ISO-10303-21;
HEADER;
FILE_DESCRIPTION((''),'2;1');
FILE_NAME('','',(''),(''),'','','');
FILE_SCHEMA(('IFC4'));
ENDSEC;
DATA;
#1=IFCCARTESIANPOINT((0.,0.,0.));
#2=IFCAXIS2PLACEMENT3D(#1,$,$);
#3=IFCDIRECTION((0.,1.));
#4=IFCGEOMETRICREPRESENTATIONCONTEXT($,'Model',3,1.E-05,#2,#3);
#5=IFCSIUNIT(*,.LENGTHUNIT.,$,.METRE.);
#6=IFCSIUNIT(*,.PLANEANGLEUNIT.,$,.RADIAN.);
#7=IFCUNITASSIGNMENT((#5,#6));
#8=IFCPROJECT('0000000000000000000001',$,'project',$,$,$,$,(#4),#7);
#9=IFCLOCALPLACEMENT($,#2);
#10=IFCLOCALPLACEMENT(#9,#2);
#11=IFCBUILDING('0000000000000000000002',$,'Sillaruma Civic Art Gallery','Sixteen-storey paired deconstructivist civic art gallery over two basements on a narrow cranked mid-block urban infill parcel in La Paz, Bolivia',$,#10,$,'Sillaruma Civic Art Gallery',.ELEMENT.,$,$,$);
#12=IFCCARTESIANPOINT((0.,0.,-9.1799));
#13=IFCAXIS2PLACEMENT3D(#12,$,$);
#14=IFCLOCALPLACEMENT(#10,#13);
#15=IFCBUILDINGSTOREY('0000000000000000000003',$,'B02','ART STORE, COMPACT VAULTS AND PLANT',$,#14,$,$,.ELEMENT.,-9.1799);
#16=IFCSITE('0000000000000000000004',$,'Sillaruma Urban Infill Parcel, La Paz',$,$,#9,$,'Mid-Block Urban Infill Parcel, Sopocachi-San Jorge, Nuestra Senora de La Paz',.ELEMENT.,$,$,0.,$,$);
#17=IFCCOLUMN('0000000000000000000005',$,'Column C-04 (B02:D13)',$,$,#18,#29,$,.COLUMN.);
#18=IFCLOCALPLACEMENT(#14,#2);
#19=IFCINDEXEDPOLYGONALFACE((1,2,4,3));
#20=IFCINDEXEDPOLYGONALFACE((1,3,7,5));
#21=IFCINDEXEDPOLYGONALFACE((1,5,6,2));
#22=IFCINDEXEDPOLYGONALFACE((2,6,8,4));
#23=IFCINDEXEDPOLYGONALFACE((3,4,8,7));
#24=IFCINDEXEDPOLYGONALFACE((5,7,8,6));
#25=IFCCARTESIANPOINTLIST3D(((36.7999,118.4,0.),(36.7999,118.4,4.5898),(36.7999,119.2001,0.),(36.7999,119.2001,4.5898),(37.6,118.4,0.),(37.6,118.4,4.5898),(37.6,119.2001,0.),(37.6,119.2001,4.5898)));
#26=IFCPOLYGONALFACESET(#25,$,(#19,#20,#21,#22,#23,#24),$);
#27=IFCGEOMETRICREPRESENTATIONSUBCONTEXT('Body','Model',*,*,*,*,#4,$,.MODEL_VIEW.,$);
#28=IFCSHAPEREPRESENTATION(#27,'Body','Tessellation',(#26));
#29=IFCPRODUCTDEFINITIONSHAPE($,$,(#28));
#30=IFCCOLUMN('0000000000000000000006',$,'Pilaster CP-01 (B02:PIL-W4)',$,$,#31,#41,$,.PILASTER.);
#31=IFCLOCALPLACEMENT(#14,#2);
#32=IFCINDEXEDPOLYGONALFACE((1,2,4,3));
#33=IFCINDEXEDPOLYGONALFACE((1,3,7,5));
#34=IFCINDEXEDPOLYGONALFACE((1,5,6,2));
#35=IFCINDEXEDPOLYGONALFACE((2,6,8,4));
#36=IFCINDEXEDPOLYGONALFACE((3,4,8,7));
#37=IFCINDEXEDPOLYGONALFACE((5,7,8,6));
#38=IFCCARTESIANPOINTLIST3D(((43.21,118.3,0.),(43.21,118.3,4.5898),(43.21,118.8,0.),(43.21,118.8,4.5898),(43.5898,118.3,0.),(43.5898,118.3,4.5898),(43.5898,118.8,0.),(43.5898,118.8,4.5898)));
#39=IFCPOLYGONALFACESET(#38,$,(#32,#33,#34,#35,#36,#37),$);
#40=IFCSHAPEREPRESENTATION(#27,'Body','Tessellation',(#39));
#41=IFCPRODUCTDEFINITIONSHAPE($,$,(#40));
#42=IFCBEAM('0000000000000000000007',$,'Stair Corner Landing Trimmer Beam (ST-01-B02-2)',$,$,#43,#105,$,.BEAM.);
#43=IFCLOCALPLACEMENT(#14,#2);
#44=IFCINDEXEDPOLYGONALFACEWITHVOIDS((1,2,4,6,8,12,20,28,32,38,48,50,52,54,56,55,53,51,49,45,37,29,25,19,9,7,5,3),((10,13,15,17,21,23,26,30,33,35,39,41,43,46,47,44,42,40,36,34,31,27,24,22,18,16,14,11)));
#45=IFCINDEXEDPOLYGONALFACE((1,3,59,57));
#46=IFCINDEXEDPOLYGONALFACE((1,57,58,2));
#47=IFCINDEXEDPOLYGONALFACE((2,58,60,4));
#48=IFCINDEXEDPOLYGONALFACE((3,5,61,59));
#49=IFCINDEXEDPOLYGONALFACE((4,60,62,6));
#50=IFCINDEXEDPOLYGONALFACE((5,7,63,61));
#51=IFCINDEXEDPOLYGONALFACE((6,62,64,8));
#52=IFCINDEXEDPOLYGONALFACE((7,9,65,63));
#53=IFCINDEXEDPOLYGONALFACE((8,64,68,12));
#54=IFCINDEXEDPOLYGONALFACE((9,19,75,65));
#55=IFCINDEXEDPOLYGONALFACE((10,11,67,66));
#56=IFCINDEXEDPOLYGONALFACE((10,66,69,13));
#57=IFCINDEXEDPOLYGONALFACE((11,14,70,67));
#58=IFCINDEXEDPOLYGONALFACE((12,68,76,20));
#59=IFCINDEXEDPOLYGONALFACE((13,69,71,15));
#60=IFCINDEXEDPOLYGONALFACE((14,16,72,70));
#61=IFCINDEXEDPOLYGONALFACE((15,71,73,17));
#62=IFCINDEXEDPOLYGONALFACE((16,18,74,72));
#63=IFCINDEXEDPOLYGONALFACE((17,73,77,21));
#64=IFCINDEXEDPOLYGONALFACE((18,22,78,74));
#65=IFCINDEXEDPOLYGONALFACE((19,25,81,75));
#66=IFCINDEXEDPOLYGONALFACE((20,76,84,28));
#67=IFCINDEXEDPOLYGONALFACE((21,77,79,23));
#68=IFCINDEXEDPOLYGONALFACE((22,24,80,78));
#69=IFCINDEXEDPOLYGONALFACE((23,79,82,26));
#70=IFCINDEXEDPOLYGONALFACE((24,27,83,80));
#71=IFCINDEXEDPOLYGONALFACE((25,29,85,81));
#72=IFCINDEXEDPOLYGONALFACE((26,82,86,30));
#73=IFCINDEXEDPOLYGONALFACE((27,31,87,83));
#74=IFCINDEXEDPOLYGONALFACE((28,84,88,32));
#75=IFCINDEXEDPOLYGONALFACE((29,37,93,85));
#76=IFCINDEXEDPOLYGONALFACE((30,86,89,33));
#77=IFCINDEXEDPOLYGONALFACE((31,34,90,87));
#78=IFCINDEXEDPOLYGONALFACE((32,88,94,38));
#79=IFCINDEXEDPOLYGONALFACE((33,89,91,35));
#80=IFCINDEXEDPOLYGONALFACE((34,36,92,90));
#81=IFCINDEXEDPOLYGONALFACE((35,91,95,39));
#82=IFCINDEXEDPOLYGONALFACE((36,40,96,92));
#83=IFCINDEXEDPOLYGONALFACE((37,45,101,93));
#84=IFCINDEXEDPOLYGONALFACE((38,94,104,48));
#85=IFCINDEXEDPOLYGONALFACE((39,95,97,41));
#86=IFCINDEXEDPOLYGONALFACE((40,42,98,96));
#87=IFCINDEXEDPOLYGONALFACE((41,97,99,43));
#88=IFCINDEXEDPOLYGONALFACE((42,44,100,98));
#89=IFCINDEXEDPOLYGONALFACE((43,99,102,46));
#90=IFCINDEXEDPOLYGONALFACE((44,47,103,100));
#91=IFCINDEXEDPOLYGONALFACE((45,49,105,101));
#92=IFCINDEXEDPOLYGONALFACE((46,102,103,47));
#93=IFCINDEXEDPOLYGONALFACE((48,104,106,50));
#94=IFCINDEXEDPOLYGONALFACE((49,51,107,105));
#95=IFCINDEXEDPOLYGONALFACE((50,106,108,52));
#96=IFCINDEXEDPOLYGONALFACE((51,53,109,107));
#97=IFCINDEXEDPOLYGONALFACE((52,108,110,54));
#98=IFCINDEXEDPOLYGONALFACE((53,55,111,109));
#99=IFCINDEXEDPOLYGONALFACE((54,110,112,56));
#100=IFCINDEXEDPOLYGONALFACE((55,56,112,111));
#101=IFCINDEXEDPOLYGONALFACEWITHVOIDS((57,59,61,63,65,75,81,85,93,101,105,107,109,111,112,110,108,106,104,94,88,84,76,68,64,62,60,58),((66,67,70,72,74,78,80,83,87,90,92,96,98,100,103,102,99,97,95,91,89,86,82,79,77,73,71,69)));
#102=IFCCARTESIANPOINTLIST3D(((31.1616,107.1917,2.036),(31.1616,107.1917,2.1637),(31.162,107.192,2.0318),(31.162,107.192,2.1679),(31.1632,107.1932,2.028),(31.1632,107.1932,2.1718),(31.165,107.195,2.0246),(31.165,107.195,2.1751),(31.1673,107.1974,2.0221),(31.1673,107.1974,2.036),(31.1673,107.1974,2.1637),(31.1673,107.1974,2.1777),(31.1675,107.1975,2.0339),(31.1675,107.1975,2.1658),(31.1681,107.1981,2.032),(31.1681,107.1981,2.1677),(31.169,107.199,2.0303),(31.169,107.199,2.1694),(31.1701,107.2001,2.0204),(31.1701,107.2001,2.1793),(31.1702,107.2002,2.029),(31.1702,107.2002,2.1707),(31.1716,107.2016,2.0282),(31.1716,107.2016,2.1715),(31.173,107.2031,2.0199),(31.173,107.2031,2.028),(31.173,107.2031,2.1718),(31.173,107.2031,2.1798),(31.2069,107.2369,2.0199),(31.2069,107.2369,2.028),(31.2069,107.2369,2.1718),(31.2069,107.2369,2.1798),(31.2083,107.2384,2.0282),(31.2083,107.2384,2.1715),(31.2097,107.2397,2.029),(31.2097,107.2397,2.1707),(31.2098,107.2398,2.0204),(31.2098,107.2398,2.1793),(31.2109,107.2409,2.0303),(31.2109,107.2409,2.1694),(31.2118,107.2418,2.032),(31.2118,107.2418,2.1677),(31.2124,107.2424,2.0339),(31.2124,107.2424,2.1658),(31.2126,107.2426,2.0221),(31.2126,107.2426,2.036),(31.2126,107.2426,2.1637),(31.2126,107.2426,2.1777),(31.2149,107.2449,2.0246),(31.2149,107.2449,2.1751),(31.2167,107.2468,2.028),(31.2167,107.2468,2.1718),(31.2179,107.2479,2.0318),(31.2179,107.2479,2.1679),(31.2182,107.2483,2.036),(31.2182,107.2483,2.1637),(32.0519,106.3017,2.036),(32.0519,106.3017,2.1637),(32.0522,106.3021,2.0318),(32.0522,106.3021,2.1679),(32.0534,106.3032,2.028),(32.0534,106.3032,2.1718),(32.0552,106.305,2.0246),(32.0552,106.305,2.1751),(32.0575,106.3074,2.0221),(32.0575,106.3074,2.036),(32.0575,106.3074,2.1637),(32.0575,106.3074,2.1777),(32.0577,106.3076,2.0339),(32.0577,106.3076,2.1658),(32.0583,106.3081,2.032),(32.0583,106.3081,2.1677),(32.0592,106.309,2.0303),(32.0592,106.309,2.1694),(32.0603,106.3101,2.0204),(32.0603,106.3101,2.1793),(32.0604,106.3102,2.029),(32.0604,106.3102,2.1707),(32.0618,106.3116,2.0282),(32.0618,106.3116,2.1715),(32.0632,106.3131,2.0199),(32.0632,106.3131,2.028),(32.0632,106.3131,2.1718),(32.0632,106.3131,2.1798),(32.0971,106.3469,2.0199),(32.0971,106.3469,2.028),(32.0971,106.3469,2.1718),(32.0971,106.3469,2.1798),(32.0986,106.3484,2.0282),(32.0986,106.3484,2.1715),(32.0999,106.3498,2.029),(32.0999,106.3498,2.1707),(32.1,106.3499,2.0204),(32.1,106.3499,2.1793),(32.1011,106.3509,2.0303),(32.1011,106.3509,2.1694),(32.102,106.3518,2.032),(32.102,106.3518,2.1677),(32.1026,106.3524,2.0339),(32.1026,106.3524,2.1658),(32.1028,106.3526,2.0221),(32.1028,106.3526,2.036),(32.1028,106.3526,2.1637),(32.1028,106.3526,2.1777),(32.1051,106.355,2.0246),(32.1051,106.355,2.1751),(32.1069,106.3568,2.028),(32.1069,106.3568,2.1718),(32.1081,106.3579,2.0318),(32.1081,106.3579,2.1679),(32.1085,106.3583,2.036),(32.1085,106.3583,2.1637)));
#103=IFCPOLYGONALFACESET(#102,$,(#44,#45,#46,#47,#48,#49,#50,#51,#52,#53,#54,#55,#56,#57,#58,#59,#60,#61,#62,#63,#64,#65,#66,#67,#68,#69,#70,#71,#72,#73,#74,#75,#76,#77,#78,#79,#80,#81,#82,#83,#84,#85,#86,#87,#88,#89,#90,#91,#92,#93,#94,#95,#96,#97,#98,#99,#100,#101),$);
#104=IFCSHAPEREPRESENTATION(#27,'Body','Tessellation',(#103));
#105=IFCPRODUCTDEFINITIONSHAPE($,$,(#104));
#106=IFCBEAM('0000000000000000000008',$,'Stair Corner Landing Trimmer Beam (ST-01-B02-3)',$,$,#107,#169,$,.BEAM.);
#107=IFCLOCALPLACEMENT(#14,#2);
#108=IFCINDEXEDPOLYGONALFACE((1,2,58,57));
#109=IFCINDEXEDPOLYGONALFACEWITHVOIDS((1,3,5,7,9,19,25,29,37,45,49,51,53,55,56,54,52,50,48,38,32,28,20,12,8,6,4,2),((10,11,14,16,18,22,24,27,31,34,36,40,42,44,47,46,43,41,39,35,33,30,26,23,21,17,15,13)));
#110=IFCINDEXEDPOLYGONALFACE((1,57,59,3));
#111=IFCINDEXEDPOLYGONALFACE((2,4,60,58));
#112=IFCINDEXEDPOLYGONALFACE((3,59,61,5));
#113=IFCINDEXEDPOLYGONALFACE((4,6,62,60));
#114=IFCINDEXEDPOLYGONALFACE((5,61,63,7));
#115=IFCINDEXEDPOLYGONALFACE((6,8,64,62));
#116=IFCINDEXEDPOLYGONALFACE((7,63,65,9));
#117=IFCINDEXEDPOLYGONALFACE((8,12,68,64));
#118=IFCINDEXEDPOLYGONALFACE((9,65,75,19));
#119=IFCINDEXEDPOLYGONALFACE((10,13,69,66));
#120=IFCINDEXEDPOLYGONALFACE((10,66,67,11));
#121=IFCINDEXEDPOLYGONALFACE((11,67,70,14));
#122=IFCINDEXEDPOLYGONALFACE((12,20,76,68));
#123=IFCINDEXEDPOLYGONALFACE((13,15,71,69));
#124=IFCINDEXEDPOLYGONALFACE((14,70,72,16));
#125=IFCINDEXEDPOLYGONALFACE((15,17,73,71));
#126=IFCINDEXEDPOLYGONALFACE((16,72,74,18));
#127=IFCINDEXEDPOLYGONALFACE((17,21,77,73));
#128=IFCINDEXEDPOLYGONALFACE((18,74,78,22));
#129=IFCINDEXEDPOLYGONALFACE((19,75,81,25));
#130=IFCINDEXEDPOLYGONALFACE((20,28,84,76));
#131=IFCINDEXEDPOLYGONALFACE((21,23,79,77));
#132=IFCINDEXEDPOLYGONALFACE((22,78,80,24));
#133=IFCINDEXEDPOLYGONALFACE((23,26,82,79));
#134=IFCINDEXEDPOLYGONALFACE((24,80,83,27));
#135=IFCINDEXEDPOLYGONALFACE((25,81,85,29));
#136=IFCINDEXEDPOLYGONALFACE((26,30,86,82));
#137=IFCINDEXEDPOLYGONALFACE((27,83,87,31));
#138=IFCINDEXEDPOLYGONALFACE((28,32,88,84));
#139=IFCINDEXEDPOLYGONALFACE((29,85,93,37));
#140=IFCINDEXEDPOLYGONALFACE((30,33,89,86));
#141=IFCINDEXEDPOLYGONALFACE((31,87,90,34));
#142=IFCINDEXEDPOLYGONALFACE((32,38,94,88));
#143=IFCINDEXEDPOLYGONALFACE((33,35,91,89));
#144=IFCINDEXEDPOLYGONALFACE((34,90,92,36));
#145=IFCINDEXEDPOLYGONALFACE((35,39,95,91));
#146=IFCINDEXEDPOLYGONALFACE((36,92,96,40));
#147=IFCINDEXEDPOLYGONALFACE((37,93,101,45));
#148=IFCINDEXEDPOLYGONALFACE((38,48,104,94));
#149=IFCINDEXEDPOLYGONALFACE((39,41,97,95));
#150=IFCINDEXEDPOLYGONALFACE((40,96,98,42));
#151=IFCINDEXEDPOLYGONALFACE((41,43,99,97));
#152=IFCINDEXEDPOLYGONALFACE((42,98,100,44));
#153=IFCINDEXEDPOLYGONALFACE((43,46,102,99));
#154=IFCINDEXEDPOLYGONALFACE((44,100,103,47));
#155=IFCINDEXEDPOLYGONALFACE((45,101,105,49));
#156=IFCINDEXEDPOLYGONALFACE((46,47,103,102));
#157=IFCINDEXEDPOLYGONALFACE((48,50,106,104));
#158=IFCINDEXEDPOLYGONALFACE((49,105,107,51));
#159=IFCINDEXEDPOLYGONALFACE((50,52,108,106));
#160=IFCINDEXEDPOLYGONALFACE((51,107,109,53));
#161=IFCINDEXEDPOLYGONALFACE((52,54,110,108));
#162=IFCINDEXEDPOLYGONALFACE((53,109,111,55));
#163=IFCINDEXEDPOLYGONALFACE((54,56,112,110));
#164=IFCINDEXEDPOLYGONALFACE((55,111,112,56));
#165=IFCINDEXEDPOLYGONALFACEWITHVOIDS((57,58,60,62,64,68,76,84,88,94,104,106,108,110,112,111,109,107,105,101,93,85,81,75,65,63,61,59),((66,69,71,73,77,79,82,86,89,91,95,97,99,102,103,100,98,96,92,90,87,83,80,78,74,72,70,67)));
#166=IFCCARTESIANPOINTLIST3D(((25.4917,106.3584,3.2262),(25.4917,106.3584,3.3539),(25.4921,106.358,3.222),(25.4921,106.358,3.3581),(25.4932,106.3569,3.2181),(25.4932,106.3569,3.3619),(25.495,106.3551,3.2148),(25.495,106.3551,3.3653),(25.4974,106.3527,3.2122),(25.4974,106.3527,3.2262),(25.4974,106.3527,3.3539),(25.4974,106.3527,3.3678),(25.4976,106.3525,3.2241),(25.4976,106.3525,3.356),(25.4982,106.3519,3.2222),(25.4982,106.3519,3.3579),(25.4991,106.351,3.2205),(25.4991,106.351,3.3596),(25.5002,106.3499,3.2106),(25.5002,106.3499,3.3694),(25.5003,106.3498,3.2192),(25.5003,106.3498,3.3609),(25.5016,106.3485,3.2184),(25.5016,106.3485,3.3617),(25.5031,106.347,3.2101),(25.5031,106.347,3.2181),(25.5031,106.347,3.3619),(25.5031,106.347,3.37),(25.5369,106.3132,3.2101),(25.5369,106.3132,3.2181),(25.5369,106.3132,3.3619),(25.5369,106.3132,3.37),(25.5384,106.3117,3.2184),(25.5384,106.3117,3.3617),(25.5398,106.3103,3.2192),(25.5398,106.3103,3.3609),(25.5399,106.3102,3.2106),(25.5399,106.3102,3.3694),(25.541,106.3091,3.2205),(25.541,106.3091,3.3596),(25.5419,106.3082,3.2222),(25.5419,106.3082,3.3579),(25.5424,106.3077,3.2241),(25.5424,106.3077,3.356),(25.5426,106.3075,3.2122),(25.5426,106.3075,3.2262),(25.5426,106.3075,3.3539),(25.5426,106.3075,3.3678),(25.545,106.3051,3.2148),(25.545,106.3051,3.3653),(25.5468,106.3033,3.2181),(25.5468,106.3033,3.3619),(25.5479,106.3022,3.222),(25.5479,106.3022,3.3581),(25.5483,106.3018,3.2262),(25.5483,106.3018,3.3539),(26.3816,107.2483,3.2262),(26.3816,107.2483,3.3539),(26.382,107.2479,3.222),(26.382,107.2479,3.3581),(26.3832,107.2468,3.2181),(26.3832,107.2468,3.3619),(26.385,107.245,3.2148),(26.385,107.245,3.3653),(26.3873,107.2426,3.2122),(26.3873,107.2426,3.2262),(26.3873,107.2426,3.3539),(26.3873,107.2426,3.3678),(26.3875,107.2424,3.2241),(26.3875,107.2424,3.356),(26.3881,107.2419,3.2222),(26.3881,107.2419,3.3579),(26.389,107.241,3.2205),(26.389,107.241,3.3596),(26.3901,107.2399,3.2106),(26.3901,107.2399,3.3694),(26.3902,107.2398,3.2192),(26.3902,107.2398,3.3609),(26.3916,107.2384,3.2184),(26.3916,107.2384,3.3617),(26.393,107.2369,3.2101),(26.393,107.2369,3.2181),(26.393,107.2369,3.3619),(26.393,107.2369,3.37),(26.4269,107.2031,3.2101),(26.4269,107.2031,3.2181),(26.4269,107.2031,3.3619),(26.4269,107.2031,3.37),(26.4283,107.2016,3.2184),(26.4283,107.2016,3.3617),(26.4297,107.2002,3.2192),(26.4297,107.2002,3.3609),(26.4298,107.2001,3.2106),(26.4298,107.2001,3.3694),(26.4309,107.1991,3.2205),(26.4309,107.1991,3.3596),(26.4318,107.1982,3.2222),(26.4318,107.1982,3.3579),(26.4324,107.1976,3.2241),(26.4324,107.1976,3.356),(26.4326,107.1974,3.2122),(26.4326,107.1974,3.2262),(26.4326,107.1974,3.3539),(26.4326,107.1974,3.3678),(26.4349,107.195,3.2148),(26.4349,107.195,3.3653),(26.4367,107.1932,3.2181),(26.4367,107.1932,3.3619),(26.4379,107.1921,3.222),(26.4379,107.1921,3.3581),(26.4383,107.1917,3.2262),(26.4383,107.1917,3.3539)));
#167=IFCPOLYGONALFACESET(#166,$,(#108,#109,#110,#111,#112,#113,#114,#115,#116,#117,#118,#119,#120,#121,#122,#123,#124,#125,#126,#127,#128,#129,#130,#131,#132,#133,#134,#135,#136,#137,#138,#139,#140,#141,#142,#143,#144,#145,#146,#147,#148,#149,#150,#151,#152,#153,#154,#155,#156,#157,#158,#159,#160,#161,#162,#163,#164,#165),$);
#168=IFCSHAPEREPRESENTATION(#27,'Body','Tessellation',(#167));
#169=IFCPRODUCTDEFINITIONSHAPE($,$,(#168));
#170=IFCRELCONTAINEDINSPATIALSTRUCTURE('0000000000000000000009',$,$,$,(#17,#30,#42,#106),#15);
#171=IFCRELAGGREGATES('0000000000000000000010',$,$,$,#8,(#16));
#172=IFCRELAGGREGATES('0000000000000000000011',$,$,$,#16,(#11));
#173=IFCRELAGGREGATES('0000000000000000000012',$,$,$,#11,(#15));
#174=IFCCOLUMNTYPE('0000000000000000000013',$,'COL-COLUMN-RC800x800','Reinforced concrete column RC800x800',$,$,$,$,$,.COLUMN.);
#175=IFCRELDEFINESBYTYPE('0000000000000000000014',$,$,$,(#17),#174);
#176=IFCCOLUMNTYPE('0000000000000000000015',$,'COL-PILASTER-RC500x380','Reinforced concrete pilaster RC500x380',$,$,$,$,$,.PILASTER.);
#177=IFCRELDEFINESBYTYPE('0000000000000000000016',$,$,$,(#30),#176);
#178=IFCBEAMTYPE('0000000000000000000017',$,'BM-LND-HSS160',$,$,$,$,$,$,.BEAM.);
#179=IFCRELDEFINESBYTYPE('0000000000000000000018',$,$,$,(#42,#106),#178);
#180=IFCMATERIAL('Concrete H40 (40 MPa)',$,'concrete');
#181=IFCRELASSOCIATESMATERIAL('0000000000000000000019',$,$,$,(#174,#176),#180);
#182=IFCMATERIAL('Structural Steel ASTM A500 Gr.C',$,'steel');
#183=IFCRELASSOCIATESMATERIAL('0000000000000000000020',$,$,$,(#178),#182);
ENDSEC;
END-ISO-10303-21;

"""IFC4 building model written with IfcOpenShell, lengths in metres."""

from ifc_helpers import new_model, si_unit, direction, frame, origin, origin_2d, place, context, subcontext, project, spatial, rectangle, hollow_rectangle, extrude, material, material_profile, profile_set, type_object, element, save


model = new_model("IFC4")

# Units and contexts
model_context = context("Model", 3, precision=1e-05, world=origin(), true_north=direction((0.0, 1.0)))
body_context = subcontext(model_context, "Body", "Model", "MODEL_VIEW")
ifc_project = project(units=[si_unit("LENGTHUNIT", "METRE"), si_unit("PLANEANGLEUNIT", "RADIAN")], contexts=[model_context])

# Site, building, storey
site_placement = place(None, origin())
site = spatial("IfcSite", under=ifc_project, at=site_placement, Name="Sillaruma Urban Infill Parcel, La Paz", LongName="Mid-Block Urban Infill Parcel, Sopocachi-San Jorge, Nuestra Senora de La Paz", CompositionType="ELEMENT", RefElevation=0.0)
building_placement = place(site_placement, origin())
building = spatial("IfcBuilding", under=site, at=building_placement, Name="Sillaruma Civic Art Gallery", Description="Sixteen-storey paired deconstructivist civic art gallery over two basements on a narrow cranked mid-block urban infill parcel in La Paz, Bolivia", LongName="Sillaruma Civic Art Gallery", CompositionType="ELEMENT")
storey_placement = place(building_placement, frame((0.0, 0.0, -9.1799)))
storey = spatial("IfcBuildingStorey", under=building, at=storey_placement, Name="B02", Description="ART STORE, COMPACT VAULTS AND PLANT", CompositionType="ELEMENT", Elevation=-9.1799)

# Columns
ifc_material_1 = material(Name="Concrete H40 (40 MPa)", Category="concrete")
ifc_material_profile_1 = material_profile(ifc_material_1, rectangle(XDim=0.8, YDim=0.8, at=origin_2d()), Name="RC800x800")
ifc_profile_set_1 = profile_set([ifc_material_profile_1], Name="Concrete H40 (40 MPa)")
column_type_1 = type_object("IfcColumnType", Name="COL-COLUMN-RC800x800", Description="Reinforced concrete column RC800x800", PredefinedType="COLUMN", material=ifc_profile_set_1)
for number, where, z_axis, x_axis, name in (
    (1, (37.2, 118.8, 0.0), (0.0, 0.0, 1.0), (1.0, 0.0, 0.0), "Column C-04 (B02:D13)"),
):
    element("IfcColumn", number, at=place(storey_placement, frame(where, z_axis=z_axis, x_axis=x_axis)), inside=storey, type_object=column_type_1, Name=name, PredefinedType="COLUMN", context=body_context, shape_type="SweptSolid", body=[
        extrude(rectangle(XDim=0.8, YDim=0.8, at=origin_2d()), origin(), (0.0, 0.0, 1.0), 4.5898),
    ])
ifc_material_profile_2 = material_profile(ifc_material_1, rectangle(XDim=0.3799, YDim=0.5, at=origin_2d()), Name="RC500x380")
ifc_profile_set_2 = profile_set([ifc_material_profile_2], Name="Concrete H40 (40 MPa)")
column_type_2 = type_object("IfcColumnType", Name="COL-PILASTER-RC500x380", Description="Reinforced concrete pilaster RC500x380", PredefinedType="PILASTER", material=ifc_profile_set_2)
column_placement = place(storey_placement, frame((43.3999, 118.55, 0.0), z_axis=(0.0, 0.0, 1.0), x_axis=(1.0, 0.0, 0.0)))
element("IfcColumn", 2, at=column_placement, inside=storey, type_object=column_type_2, Name="Pilaster CP-01 (B02:PIL-W4)", PredefinedType="PILASTER", context=body_context, shape_type="SweptSolid", body=[
    extrude(rectangle(XDim=0.3799, YDim=0.5, at=origin_2d()), origin(), (0.0, 0.0, 1.0), 4.5898),
])

# Beams
ifc_material_2 = material(Name="Structural Steel ASTM A500 Gr.C", Category="steel")
ifc_material_profile_3 = material_profile(ifc_material_2, hollow_rectangle(XDim=0.0801, YDim=0.1599, WallThickness=0.0081, InnerFilletRadius=0.0081, OuterFilletRadius=0.0161, at=origin_2d()), Name="HSS160x80x8")
ifc_profile_set_3 = profile_set([ifc_material_profile_3], Name="Structural Steel ASTM A500 Gr.C")
beam_type = type_object("IfcBeamType", Name="BM-LND-HSS160", PredefinedType="BEAM", material=ifc_profile_set_3)
beam_1_placement = place(storey_placement, frame((31.1899, 107.22, 2.0999), z_axis=(0.707204, -0.70701, 0.0), x_axis=(0.70701, 0.707204, 0.0)))
element("IfcBeam", 3, at=beam_1_placement, inside=storey, type_object=beam_type, Name="Stair Corner Landing Trimmer Beam (ST-01-B02-2)", PredefinedType="BEAM", context=body_context, shape_type="SweptSolid", body=[
    extrude(hollow_rectangle(XDim=0.0801, YDim=0.1599, WallThickness=0.0081, InnerFilletRadius=0.0081, OuterFilletRadius=0.0161, at=origin_2d()), origin(), (0.0, 0.0, 1.0), 1.2588),
])
beam_2_placement = place(storey_placement, frame((25.52, 106.3301, 3.29), z_axis=(0.707107, 0.707107, 0.0), x_axis=(-0.707107, 0.707107, 0.0)))
element("IfcBeam", 4, at=beam_2_placement, inside=storey, type_object=beam_type, Name="Stair Corner Landing Trimmer Beam (ST-01-B02-3)", PredefinedType="BEAM", context=body_context, shape_type="SweptSolid", body=[
    extrude(hollow_rectangle(XDim=0.0801, YDim=0.1599, WallThickness=0.0081, InnerFilletRadius=0.0081, OuterFilletRadius=0.0161, at=origin_2d()), origin(), (0.0, 0.0, 1.0), 1.2585),
])

save(model, "model.ifc")
